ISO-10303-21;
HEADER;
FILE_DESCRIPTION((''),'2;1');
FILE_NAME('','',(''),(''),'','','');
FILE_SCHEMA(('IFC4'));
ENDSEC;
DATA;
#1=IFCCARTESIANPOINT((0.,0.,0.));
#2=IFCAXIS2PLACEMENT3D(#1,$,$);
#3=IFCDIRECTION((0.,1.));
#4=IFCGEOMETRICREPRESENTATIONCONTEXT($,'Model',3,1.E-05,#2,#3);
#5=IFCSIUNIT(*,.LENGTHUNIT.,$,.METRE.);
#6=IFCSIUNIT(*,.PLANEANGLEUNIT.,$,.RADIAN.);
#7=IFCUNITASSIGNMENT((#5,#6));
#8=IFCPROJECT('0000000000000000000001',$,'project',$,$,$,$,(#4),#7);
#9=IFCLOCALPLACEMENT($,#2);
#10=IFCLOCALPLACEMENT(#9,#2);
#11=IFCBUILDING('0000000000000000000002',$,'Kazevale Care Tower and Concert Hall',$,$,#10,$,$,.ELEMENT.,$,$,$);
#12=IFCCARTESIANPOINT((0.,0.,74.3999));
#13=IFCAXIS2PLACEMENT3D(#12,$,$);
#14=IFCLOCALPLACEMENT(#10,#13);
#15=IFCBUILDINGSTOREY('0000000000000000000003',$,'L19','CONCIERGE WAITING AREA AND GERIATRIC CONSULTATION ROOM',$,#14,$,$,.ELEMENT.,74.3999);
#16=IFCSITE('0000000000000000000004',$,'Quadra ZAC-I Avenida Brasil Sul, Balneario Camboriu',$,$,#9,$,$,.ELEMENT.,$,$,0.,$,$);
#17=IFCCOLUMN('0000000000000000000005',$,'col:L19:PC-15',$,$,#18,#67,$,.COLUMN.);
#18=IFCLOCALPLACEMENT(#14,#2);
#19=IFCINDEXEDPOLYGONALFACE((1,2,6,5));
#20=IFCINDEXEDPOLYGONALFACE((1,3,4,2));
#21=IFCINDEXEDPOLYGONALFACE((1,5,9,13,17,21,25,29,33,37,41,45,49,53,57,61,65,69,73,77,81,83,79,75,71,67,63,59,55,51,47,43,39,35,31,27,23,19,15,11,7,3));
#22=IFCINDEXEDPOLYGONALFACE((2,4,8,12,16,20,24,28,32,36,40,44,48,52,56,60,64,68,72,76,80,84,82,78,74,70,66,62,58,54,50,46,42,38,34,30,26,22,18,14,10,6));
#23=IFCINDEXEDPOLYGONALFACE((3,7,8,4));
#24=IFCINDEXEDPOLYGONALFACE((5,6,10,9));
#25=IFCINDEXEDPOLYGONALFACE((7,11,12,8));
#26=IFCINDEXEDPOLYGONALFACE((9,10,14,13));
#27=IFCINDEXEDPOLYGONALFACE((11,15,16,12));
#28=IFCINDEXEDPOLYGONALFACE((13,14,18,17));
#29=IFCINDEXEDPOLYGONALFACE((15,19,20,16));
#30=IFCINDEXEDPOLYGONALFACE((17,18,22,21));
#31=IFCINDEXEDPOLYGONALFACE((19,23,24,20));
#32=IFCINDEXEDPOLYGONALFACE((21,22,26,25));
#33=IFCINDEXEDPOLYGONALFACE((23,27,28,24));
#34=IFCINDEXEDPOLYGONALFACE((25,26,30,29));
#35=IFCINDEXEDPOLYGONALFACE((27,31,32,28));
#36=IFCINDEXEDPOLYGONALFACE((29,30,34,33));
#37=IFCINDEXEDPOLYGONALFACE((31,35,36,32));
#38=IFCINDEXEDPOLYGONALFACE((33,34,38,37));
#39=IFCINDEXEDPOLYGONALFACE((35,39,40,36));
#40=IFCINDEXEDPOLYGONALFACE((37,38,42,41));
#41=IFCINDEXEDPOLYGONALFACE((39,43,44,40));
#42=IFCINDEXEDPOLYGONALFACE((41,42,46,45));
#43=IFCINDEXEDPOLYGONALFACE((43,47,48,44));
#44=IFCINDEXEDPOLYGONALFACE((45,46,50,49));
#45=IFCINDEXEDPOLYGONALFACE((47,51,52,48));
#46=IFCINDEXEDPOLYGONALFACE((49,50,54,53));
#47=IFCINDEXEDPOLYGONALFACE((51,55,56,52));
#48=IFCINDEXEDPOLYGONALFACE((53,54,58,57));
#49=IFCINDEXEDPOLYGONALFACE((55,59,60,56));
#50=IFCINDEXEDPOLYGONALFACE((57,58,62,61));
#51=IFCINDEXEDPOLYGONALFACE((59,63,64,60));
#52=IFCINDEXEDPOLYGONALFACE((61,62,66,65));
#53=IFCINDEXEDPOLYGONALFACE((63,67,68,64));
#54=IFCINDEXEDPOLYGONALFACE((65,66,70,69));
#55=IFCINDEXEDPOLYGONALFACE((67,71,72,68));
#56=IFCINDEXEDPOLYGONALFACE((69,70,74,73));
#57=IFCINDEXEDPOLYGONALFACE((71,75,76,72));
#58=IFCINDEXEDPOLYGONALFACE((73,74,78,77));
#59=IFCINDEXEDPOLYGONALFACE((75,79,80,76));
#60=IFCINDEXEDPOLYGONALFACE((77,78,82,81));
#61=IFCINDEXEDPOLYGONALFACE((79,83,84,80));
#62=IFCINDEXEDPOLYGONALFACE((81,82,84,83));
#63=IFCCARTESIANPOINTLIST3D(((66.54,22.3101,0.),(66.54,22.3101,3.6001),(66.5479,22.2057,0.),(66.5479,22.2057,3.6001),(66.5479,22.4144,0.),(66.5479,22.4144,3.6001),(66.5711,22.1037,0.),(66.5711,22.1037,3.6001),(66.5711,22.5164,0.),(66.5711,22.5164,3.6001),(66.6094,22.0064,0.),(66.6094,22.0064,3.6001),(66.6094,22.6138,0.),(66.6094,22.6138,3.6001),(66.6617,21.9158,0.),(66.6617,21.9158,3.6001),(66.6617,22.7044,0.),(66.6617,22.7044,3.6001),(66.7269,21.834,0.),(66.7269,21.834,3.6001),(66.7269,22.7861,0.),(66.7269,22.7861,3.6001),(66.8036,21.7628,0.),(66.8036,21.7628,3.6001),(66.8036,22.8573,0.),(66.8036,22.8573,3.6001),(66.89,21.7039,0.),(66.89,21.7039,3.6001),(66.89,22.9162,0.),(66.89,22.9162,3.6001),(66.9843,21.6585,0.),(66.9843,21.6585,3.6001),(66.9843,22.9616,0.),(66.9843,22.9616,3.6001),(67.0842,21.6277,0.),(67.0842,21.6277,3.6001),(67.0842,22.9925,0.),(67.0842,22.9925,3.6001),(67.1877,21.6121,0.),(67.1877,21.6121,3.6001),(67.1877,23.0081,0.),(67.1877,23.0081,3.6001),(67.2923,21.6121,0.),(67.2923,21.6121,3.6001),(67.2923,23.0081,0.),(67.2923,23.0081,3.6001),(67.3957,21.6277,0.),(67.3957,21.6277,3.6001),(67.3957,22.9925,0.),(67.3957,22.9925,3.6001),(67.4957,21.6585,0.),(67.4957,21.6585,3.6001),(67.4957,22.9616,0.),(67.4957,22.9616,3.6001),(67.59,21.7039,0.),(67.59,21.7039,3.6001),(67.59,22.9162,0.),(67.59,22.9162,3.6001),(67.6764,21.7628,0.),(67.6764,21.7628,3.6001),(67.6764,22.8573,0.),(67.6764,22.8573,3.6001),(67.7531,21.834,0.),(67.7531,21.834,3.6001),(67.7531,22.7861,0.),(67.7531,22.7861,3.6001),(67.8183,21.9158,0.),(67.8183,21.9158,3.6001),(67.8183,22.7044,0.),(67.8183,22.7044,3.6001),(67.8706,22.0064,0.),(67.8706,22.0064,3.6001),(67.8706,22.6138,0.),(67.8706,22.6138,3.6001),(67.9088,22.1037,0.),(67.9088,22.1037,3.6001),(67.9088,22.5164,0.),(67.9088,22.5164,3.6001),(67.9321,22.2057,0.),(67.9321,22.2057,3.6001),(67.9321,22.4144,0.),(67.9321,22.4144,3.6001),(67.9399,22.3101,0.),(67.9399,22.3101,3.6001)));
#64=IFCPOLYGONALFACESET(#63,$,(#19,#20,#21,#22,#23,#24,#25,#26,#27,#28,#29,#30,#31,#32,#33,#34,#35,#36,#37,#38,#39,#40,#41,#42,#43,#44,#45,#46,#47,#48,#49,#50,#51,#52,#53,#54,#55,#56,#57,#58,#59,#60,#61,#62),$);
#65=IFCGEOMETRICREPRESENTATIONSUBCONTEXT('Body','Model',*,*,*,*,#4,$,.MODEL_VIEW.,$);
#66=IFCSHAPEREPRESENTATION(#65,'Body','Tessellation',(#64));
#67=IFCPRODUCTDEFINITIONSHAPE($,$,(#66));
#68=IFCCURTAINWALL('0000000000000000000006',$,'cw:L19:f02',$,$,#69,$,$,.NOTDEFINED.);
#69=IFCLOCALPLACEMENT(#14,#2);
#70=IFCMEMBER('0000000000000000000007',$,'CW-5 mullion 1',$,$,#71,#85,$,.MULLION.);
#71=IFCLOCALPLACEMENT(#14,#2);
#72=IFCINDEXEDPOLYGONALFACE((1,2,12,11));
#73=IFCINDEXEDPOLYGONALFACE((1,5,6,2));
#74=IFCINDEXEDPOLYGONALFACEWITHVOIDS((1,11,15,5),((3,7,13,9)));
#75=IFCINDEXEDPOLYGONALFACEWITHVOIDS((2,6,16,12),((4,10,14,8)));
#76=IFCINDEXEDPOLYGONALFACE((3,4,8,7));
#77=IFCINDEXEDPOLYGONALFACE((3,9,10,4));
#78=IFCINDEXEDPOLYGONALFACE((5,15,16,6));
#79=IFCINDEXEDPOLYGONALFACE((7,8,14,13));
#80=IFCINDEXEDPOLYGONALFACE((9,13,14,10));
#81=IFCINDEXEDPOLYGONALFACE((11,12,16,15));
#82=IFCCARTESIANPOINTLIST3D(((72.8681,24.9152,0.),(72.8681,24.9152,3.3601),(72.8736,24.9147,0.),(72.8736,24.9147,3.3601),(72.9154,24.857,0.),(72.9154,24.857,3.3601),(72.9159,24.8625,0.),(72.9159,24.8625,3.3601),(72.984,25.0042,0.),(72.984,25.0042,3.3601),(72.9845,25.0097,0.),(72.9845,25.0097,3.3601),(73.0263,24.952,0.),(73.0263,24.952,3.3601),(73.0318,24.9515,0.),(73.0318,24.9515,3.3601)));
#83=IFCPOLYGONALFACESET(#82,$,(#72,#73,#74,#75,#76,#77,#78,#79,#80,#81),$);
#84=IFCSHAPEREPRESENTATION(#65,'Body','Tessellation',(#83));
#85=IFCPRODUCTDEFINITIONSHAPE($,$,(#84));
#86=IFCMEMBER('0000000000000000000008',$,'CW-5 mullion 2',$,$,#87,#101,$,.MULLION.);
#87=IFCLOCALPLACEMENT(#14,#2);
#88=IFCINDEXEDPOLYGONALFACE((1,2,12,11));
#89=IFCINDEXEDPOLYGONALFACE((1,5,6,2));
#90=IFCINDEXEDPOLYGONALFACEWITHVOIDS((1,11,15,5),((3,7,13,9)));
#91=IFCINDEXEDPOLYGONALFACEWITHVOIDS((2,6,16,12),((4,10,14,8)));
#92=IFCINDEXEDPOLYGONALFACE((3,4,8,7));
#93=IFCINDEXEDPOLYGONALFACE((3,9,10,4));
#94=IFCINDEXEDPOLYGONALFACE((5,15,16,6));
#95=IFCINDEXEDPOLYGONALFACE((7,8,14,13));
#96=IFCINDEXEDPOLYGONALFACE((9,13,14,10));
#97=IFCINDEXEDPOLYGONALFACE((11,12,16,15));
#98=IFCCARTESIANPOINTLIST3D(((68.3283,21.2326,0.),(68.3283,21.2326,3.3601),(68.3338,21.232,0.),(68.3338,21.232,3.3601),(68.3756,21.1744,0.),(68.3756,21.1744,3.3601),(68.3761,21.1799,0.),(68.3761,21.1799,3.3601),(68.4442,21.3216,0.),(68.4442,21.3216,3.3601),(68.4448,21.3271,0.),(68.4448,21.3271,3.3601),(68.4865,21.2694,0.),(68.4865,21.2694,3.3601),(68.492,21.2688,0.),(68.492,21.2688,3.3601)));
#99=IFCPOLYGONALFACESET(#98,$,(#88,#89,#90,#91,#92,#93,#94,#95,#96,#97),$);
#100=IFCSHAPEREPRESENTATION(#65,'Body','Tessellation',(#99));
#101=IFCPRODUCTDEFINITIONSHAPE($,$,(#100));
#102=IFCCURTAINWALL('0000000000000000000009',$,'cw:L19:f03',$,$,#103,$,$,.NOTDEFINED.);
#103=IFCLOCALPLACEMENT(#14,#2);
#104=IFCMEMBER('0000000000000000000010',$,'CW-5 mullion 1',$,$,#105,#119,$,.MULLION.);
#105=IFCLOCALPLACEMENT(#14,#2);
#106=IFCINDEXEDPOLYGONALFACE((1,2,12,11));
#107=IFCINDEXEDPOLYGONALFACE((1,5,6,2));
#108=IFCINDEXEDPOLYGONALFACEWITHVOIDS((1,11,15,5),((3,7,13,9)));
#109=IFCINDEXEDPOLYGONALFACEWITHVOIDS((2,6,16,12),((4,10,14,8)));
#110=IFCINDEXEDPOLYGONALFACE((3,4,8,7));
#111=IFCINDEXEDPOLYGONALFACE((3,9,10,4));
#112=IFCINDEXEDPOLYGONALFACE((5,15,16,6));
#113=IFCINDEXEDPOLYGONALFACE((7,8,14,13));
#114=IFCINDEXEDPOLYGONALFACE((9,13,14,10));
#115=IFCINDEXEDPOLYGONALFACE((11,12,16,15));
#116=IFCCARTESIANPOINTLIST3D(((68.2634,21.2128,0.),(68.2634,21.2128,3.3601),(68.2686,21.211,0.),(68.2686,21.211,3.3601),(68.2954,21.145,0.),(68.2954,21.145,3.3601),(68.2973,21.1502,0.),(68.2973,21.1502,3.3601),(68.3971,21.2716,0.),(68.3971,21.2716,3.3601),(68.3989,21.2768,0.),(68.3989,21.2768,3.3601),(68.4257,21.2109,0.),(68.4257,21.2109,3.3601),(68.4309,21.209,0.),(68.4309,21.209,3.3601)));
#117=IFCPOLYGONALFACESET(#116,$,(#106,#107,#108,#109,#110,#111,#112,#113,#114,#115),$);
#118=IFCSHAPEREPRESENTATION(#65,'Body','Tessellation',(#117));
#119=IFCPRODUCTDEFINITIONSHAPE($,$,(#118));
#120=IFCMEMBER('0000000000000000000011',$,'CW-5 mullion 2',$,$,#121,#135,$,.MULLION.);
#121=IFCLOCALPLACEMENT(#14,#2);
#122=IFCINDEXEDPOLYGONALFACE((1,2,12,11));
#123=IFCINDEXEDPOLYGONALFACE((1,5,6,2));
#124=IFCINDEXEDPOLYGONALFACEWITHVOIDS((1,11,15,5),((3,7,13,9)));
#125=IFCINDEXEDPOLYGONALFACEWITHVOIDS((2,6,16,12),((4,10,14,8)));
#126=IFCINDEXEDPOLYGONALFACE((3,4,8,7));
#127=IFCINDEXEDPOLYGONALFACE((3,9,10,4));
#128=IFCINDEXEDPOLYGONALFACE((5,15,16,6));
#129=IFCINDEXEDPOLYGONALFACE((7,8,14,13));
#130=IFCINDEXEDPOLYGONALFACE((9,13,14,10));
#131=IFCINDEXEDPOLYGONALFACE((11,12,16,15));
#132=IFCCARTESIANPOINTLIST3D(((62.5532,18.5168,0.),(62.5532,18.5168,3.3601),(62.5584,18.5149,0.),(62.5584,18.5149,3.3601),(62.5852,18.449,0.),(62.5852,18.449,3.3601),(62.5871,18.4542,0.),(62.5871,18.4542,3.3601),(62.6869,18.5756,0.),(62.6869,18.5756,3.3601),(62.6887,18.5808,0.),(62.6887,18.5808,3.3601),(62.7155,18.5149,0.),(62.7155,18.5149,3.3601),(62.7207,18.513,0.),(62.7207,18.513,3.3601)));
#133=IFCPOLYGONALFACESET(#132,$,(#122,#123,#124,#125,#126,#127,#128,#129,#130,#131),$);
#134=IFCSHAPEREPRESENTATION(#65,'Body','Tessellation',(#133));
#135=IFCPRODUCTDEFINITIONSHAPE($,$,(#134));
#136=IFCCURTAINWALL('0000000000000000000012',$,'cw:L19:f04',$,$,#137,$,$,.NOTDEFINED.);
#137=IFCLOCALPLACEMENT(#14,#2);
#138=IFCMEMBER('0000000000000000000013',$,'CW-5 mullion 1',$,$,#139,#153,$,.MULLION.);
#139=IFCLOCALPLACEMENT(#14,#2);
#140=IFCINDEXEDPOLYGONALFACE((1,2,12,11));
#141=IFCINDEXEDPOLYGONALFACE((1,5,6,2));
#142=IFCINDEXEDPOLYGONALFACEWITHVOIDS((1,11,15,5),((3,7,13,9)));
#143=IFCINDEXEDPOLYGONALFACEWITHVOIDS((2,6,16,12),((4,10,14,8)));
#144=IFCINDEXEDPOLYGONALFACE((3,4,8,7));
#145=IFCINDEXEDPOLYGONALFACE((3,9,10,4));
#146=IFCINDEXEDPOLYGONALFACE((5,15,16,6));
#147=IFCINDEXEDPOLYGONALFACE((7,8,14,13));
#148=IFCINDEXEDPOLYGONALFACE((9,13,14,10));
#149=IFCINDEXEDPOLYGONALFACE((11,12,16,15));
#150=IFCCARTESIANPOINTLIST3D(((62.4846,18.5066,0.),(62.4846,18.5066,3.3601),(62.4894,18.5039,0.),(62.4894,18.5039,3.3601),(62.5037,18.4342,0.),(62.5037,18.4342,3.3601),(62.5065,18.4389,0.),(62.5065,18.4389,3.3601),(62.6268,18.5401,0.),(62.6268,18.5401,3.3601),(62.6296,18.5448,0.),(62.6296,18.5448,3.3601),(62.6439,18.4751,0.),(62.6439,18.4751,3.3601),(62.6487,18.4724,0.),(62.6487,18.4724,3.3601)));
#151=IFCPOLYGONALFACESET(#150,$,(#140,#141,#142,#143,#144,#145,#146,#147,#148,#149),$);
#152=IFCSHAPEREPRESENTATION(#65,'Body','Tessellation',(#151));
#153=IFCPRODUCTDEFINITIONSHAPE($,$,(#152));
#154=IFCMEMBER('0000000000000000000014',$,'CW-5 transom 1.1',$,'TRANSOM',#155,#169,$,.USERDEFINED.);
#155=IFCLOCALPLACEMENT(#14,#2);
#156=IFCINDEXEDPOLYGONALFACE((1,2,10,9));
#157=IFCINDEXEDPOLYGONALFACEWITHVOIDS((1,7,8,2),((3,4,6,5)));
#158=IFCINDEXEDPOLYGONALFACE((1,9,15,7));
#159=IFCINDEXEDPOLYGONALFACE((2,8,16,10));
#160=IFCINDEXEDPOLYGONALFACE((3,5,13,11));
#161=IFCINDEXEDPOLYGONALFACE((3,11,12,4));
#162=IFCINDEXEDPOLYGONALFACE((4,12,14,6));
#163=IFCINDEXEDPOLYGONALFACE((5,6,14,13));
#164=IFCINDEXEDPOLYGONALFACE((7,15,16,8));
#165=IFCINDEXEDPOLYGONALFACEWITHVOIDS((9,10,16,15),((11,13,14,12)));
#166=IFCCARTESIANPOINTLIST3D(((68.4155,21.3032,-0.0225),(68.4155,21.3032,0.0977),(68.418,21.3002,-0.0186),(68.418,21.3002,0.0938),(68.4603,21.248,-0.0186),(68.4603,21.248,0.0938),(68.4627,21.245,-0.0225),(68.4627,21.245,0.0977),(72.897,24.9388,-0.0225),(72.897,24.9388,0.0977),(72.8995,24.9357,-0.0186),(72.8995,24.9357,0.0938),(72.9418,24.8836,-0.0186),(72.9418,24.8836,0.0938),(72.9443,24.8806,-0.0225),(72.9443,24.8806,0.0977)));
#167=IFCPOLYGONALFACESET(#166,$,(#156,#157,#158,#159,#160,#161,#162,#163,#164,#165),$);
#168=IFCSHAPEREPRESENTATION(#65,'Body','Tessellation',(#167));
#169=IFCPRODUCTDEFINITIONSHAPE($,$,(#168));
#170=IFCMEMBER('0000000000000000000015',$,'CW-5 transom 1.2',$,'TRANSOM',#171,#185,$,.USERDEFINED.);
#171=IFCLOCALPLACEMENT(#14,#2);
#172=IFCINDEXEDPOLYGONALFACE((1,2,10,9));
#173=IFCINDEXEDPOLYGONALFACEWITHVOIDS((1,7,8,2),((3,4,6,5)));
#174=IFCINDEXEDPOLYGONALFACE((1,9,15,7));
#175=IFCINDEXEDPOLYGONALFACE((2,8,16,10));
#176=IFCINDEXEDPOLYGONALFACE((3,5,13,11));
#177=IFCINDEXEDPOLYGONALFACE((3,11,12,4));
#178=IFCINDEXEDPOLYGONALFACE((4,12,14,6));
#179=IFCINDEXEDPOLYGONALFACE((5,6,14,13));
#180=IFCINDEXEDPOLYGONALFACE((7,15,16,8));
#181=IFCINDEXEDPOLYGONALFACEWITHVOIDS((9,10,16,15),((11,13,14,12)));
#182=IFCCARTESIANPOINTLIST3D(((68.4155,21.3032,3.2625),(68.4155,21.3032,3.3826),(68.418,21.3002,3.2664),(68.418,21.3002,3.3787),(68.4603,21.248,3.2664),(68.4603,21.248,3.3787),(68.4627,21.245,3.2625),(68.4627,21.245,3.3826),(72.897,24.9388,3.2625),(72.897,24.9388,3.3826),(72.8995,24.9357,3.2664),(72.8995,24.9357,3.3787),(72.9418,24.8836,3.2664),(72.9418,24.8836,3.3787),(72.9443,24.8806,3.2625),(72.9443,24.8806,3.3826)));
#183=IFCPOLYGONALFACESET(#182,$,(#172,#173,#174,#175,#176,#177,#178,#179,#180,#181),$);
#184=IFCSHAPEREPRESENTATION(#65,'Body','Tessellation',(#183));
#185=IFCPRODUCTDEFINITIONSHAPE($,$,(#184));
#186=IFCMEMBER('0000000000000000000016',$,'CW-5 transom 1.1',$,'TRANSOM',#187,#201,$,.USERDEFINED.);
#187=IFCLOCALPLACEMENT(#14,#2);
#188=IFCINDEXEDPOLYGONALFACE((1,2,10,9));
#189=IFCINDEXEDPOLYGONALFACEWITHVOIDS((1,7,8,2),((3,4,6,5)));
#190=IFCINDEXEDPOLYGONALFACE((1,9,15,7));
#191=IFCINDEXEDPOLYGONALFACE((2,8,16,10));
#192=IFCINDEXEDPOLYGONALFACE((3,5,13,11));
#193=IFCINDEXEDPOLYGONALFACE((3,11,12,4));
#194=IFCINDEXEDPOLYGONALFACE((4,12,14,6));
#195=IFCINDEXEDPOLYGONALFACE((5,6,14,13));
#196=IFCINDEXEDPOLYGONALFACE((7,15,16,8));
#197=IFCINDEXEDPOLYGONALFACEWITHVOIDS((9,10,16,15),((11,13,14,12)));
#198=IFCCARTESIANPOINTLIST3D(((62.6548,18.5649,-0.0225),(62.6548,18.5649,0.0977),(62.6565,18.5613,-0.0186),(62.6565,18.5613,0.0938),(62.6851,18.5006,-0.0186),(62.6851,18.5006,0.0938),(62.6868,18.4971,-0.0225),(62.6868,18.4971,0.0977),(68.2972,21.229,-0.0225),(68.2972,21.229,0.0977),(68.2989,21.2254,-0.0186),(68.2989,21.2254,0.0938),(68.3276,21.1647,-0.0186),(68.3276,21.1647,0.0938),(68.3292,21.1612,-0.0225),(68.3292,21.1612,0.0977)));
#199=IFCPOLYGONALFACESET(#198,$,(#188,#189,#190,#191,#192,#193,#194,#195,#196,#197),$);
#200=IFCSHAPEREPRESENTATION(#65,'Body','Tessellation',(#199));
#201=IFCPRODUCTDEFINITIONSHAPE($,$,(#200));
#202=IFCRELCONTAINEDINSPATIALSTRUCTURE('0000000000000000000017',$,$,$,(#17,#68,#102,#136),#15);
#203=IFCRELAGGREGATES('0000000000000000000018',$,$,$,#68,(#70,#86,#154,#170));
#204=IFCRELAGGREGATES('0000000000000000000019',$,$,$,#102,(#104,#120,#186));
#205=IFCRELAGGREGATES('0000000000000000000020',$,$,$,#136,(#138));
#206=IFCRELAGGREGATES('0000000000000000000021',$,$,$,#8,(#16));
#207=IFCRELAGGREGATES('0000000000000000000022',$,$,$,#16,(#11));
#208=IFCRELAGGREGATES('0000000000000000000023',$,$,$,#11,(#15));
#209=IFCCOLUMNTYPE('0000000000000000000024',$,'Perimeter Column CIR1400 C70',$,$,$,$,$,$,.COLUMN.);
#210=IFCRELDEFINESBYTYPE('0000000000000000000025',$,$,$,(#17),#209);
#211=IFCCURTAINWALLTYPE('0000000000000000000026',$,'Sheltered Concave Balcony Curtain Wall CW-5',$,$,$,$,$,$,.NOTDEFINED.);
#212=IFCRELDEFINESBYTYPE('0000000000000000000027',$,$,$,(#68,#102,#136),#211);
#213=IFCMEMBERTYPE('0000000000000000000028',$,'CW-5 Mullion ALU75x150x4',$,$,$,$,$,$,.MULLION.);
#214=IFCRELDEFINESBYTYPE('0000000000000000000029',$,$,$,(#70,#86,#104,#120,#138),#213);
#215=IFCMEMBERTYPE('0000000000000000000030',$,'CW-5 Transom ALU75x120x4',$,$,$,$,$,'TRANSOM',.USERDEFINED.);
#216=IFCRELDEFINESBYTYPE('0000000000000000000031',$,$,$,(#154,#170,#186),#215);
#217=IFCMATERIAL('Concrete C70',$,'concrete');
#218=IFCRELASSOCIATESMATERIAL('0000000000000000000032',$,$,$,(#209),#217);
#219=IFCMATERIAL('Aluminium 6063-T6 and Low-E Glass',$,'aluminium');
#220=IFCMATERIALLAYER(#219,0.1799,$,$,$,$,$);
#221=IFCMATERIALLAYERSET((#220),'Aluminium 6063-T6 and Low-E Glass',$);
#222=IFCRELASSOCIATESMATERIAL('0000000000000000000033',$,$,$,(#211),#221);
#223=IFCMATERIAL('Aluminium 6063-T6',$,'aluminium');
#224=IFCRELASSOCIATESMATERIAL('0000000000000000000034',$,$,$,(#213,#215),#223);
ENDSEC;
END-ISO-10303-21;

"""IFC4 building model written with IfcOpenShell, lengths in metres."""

from ifc_helpers import new_model, si_unit, direction, frame, origin, origin_2d, place, context, subcontext, project, spatial, hollow_rectangle, circle, extrude, material, layer, layer_set, material_profile, profile_set, type_object, element, aggregate, save


model = new_model("IFC4")

# Units and contexts
model_context = context("Model", 3, precision=1e-05, world=origin(), true_north=direction((0.0, 1.0)))
body_context = subcontext(model_context, "Body", "Model", "MODEL_VIEW")
ifc_project = project(units=[si_unit("LENGTHUNIT", "METRE"), si_unit("PLANEANGLEUNIT", "RADIAN")], contexts=[model_context])

# Site, building, storey
site_placement = place(None, origin())
site = spatial("IfcSite", under=ifc_project, at=site_placement, Name="Quadra ZAC-I Avenida Brasil Sul, Balneario Camboriu", CompositionType="ELEMENT", RefElevation=0.0)
building_placement = place(site_placement, origin())
building = spatial("IfcBuilding", under=site, at=building_placement, Name="Kazevale Care Tower and Concert Hall", CompositionType="ELEMENT")
storey_placement = place(building_placement, frame((0.0, 0.0, 74.3999)))
storey = spatial("IfcBuildingStorey", under=building, at=storey_placement, Name="L19", Description="CONCIERGE WAITING AREA AND GERIATRIC CONSULTATION ROOM", CompositionType="ELEMENT", Elevation=74.3999)

# Column
ifc_material_1 = material(Name="Concrete C70", Category="concrete")
ifc_material_profile_1 = material_profile(ifc_material_1, circle(Radius=0.7, at=origin_2d()), Name="RC-CIR1400")
ifc_profile_set_1 = profile_set([ifc_material_profile_1], Name="Concrete C70")
column_type = type_object("IfcColumnType", Name="Perimeter Column CIR1400 C70", PredefinedType="COLUMN", material=ifc_profile_set_1)
column_placement = place(storey_placement, frame((67.24, 22.3101, 0.0), z_axis=(0.0, 0.0, 1.0), x_axis=(1.0, 0.0, 0.0)))
element("IfcColumn", 1, at=column_placement, inside=storey, type_object=column_type, Name="col:L19:PC-15", PredefinedType="COLUMN", context=body_context, shape_type="SweptSolid", body=[
    extrude(circle(Radius=0.7, at=origin_2d()), origin(), (0.0, 0.0, 1.0), 3.6001),
])

# Curtain walls, members
ifc_material_2 = material(Name="Aluminium 6063-T6 and Low-E Glass", Category="aluminium")
ifc_layer_1 = layer(ifc_material_2, 0.1799)
ifc_layer_set_1 = layer_set([ifc_layer_1], Name="Aluminium 6063-T6 and Low-E Glass")
curtain_wall_type = type_object("IfcCurtainWallType", Name="Sheltered Concave Balcony Curtain Wall CW-5", PredefinedType="NOTDEFINED", material=ifc_layer_set_1)
curtain_wall_1_placement = place(storey_placement, origin())
curtain_wall_1 = element("IfcCurtainWall", 2, at=curtain_wall_1_placement, inside=storey, type_object=curtain_wall_type, Name="cw:L19:f02", PredefinedType="NOTDEFINED")
ifc_material_3 = material(Name="Aluminium 6063-T6", Category="aluminium")
ifc_material_profile_2 = material_profile(ifc_material_3, hollow_rectangle(XDim=0.075, YDim=0.1499, WallThickness=0.0039, at=origin_2d()), Name="ALU75x150x4")
ifc_profile_set_2 = profile_set([ifc_material_profile_2], Name="Aluminium 6063-T6")
member_type_1 = type_object("IfcMemberType", Name="CW-5 Mullion ALU75x150x4", PredefinedType="MULLION", material=ifc_profile_set_2)
member_1_placement = place(storey_placement, frame((72.95, 24.9333, 0.0), z_axis=(0.0, 0.0, 1.0), x_axis=(0.629995, -0.776599, 0.0)))
member_1 = element("IfcMember", 3, at=member_1_placement, type_object=member_type_1, Name="CW-5 mullion 1", PredefinedType="MULLION", context=body_context, shape_type="SweptSolid", body=[
    extrude(hollow_rectangle(XDim=0.075, YDim=0.1499, WallThickness=0.0039, at=origin_2d()), origin(), (0.0, 0.0, 1.0), 3.3601),
])
member_2_placement = place(storey_placement, frame((68.4102, 21.2507, 0.0), z_axis=(0.0, 0.0, 1.0), x_axis=(0.629995, -0.776599, 0.0)))
member_2 = element("IfcMember", 4, at=member_2_placement, type_object=member_type_1, Name="CW-5 mullion 2", PredefinedType="MULLION", context=body_context, shape_type="SweptSolid", body=[
    extrude(hollow_rectangle(XDim=0.075, YDim=0.1499, WallThickness=0.0039, at=origin_2d()), origin(), (0.0, 0.0, 1.0), 3.3601),
])
curtain_wall_2_placement = place(storey_placement, origin())
curtain_wall_2 = element("IfcCurtainWall", 5, at=curtain_wall_2_placement, inside=storey, type_object=curtain_wall_type, Name="cw:L19:f03", PredefinedType="NOTDEFINED")
member_3_placement = place(storey_placement, frame((68.3472, 21.2109, 0.0), z_axis=(0.0, 0.0, 1.0), x_axis=(0.426942, -0.904279, 0.0)))
member_3 = element("IfcMember", 6, at=member_3_placement, type_object=member_type_1, Name="CW-5 mullion 1", PredefinedType="MULLION", context=body_context, shape_type="SweptSolid", body=[
    extrude(hollow_rectangle(XDim=0.075, YDim=0.1499, WallThickness=0.0039, at=origin_2d()), origin(), (0.0, 0.0, 1.0), 3.3601),
])
member_4_placement = place(storey_placement, frame((62.637, 18.5149, 0.0), z_axis=(0.0, 0.0, 1.0), x_axis=(0.426942, -0.904279, 0.0)))
member_4 = element("IfcMember", 7, at=member_4_placement, type_object=member_type_1, Name="CW-5 mullion 2", PredefinedType="MULLION", context=body_context, shape_type="SweptSolid", body=[
    extrude(hollow_rectangle(XDim=0.075, YDim=0.1499, WallThickness=0.0039, at=origin_2d()), origin(), (0.0, 0.0, 1.0), 3.3601),
])

# Curtain wall, member
curtain_wall_3_placement = place(storey_placement, origin())
curtain_wall_3 = element("IfcCurtainWall", 8, at=curtain_wall_3_placement, inside=storey, type_object=curtain_wall_type, Name="cw:L19:f04", PredefinedType="NOTDEFINED")
member_5_placement = place(storey_placement, frame((62.5667, 18.4895, 0.0), z_axis=(0.0, 0.0, 1.0), x_axis=(0.254829, -0.966986, 0.0)))
member_5 = element("IfcMember", 9, at=member_5_placement, type_object=member_type_1, Name="CW-5 mullion 1", PredefinedType="MULLION", context=body_context, shape_type="SweptSolid", body=[
    extrude(hollow_rectangle(XDim=0.075, YDim=0.1499, WallThickness=0.0039, at=origin_2d()), origin(), (0.0, 0.0, 1.0), 3.3601),
])

# Members
ifc_material_profile_3 = material_profile(ifc_material_3, hollow_rectangle(XDim=0.075, YDim=0.1201, WallThickness=0.0039, at=origin_2d()), Name="ALU75x120x4")
ifc_profile_set_3 = profile_set([ifc_material_profile_3], Name="Aluminium 6063-T6")
member_type_2 = type_object("IfcMemberType", Name="CW-5 Transom ALU75x120x4", ElementType="TRANSOM", PredefinedType="USERDEFINED", material=ifc_profile_set_3)
member_6_placement = place(storey_placement, frame((72.9207, 24.9097, 0.0376), z_axis=(-0.776595, -0.63, 0.0), x_axis=(0.63, -0.776595, 0.0)))
member_6 = element("IfcMember", 10, at=member_6_placement, type_object=member_type_2, Name="CW-5 transom 1.1", ObjectType="TRANSOM", PredefinedType="USERDEFINED", context=body_context, shape_type="SweptSolid", body=[
    extrude(hollow_rectangle(XDim=0.075, YDim=0.1201, WallThickness=0.0039, at=origin_2d()), origin(), (0.0, 0.0, 1.0), 5.7708),
])
member_7_placement = place(storey_placement, frame((72.9207, 24.9097, 3.3225), z_axis=(-0.776595, -0.63, 0.0), x_axis=(0.63, -0.776595, 0.0)))
member_7 = element("IfcMember", 11, at=member_7_placement, type_object=member_type_2, Name="CW-5 transom 1.2", ObjectType="TRANSOM", PredefinedType="USERDEFINED", context=body_context, shape_type="SweptSolid", body=[
    extrude(hollow_rectangle(XDim=0.075, YDim=0.1201, WallThickness=0.0039, at=origin_2d()), origin(), (0.0, 0.0, 1.0), 5.7708),
])
member_8_placement = place(storey_placement, frame((68.3132, 21.1951, 0.0376), z_axis=(-0.904272, -0.426957, 0.0), x_axis=(0.426957, -0.904272, 0.0)))
member_8 = element("IfcMember", 12, at=member_8_placement, type_object=member_type_2, Name="CW-5 transom 1.1", ObjectType="TRANSOM", PredefinedType="USERDEFINED", context=body_context, shape_type="SweptSolid", body=[
    extrude(hollow_rectangle(XDim=0.075, YDim=0.1201, WallThickness=0.0039, at=origin_2d()), origin(), (0.0, 0.0, 1.0), 6.2397),
])

aggregate(curtain_wall_1, [member_1, member_2, member_6, member_7])
aggregate(curtain_wall_2, [member_3, member_4, member_8])
aggregate(curtain_wall_3, [member_5])

save(model, "model.ifc")
